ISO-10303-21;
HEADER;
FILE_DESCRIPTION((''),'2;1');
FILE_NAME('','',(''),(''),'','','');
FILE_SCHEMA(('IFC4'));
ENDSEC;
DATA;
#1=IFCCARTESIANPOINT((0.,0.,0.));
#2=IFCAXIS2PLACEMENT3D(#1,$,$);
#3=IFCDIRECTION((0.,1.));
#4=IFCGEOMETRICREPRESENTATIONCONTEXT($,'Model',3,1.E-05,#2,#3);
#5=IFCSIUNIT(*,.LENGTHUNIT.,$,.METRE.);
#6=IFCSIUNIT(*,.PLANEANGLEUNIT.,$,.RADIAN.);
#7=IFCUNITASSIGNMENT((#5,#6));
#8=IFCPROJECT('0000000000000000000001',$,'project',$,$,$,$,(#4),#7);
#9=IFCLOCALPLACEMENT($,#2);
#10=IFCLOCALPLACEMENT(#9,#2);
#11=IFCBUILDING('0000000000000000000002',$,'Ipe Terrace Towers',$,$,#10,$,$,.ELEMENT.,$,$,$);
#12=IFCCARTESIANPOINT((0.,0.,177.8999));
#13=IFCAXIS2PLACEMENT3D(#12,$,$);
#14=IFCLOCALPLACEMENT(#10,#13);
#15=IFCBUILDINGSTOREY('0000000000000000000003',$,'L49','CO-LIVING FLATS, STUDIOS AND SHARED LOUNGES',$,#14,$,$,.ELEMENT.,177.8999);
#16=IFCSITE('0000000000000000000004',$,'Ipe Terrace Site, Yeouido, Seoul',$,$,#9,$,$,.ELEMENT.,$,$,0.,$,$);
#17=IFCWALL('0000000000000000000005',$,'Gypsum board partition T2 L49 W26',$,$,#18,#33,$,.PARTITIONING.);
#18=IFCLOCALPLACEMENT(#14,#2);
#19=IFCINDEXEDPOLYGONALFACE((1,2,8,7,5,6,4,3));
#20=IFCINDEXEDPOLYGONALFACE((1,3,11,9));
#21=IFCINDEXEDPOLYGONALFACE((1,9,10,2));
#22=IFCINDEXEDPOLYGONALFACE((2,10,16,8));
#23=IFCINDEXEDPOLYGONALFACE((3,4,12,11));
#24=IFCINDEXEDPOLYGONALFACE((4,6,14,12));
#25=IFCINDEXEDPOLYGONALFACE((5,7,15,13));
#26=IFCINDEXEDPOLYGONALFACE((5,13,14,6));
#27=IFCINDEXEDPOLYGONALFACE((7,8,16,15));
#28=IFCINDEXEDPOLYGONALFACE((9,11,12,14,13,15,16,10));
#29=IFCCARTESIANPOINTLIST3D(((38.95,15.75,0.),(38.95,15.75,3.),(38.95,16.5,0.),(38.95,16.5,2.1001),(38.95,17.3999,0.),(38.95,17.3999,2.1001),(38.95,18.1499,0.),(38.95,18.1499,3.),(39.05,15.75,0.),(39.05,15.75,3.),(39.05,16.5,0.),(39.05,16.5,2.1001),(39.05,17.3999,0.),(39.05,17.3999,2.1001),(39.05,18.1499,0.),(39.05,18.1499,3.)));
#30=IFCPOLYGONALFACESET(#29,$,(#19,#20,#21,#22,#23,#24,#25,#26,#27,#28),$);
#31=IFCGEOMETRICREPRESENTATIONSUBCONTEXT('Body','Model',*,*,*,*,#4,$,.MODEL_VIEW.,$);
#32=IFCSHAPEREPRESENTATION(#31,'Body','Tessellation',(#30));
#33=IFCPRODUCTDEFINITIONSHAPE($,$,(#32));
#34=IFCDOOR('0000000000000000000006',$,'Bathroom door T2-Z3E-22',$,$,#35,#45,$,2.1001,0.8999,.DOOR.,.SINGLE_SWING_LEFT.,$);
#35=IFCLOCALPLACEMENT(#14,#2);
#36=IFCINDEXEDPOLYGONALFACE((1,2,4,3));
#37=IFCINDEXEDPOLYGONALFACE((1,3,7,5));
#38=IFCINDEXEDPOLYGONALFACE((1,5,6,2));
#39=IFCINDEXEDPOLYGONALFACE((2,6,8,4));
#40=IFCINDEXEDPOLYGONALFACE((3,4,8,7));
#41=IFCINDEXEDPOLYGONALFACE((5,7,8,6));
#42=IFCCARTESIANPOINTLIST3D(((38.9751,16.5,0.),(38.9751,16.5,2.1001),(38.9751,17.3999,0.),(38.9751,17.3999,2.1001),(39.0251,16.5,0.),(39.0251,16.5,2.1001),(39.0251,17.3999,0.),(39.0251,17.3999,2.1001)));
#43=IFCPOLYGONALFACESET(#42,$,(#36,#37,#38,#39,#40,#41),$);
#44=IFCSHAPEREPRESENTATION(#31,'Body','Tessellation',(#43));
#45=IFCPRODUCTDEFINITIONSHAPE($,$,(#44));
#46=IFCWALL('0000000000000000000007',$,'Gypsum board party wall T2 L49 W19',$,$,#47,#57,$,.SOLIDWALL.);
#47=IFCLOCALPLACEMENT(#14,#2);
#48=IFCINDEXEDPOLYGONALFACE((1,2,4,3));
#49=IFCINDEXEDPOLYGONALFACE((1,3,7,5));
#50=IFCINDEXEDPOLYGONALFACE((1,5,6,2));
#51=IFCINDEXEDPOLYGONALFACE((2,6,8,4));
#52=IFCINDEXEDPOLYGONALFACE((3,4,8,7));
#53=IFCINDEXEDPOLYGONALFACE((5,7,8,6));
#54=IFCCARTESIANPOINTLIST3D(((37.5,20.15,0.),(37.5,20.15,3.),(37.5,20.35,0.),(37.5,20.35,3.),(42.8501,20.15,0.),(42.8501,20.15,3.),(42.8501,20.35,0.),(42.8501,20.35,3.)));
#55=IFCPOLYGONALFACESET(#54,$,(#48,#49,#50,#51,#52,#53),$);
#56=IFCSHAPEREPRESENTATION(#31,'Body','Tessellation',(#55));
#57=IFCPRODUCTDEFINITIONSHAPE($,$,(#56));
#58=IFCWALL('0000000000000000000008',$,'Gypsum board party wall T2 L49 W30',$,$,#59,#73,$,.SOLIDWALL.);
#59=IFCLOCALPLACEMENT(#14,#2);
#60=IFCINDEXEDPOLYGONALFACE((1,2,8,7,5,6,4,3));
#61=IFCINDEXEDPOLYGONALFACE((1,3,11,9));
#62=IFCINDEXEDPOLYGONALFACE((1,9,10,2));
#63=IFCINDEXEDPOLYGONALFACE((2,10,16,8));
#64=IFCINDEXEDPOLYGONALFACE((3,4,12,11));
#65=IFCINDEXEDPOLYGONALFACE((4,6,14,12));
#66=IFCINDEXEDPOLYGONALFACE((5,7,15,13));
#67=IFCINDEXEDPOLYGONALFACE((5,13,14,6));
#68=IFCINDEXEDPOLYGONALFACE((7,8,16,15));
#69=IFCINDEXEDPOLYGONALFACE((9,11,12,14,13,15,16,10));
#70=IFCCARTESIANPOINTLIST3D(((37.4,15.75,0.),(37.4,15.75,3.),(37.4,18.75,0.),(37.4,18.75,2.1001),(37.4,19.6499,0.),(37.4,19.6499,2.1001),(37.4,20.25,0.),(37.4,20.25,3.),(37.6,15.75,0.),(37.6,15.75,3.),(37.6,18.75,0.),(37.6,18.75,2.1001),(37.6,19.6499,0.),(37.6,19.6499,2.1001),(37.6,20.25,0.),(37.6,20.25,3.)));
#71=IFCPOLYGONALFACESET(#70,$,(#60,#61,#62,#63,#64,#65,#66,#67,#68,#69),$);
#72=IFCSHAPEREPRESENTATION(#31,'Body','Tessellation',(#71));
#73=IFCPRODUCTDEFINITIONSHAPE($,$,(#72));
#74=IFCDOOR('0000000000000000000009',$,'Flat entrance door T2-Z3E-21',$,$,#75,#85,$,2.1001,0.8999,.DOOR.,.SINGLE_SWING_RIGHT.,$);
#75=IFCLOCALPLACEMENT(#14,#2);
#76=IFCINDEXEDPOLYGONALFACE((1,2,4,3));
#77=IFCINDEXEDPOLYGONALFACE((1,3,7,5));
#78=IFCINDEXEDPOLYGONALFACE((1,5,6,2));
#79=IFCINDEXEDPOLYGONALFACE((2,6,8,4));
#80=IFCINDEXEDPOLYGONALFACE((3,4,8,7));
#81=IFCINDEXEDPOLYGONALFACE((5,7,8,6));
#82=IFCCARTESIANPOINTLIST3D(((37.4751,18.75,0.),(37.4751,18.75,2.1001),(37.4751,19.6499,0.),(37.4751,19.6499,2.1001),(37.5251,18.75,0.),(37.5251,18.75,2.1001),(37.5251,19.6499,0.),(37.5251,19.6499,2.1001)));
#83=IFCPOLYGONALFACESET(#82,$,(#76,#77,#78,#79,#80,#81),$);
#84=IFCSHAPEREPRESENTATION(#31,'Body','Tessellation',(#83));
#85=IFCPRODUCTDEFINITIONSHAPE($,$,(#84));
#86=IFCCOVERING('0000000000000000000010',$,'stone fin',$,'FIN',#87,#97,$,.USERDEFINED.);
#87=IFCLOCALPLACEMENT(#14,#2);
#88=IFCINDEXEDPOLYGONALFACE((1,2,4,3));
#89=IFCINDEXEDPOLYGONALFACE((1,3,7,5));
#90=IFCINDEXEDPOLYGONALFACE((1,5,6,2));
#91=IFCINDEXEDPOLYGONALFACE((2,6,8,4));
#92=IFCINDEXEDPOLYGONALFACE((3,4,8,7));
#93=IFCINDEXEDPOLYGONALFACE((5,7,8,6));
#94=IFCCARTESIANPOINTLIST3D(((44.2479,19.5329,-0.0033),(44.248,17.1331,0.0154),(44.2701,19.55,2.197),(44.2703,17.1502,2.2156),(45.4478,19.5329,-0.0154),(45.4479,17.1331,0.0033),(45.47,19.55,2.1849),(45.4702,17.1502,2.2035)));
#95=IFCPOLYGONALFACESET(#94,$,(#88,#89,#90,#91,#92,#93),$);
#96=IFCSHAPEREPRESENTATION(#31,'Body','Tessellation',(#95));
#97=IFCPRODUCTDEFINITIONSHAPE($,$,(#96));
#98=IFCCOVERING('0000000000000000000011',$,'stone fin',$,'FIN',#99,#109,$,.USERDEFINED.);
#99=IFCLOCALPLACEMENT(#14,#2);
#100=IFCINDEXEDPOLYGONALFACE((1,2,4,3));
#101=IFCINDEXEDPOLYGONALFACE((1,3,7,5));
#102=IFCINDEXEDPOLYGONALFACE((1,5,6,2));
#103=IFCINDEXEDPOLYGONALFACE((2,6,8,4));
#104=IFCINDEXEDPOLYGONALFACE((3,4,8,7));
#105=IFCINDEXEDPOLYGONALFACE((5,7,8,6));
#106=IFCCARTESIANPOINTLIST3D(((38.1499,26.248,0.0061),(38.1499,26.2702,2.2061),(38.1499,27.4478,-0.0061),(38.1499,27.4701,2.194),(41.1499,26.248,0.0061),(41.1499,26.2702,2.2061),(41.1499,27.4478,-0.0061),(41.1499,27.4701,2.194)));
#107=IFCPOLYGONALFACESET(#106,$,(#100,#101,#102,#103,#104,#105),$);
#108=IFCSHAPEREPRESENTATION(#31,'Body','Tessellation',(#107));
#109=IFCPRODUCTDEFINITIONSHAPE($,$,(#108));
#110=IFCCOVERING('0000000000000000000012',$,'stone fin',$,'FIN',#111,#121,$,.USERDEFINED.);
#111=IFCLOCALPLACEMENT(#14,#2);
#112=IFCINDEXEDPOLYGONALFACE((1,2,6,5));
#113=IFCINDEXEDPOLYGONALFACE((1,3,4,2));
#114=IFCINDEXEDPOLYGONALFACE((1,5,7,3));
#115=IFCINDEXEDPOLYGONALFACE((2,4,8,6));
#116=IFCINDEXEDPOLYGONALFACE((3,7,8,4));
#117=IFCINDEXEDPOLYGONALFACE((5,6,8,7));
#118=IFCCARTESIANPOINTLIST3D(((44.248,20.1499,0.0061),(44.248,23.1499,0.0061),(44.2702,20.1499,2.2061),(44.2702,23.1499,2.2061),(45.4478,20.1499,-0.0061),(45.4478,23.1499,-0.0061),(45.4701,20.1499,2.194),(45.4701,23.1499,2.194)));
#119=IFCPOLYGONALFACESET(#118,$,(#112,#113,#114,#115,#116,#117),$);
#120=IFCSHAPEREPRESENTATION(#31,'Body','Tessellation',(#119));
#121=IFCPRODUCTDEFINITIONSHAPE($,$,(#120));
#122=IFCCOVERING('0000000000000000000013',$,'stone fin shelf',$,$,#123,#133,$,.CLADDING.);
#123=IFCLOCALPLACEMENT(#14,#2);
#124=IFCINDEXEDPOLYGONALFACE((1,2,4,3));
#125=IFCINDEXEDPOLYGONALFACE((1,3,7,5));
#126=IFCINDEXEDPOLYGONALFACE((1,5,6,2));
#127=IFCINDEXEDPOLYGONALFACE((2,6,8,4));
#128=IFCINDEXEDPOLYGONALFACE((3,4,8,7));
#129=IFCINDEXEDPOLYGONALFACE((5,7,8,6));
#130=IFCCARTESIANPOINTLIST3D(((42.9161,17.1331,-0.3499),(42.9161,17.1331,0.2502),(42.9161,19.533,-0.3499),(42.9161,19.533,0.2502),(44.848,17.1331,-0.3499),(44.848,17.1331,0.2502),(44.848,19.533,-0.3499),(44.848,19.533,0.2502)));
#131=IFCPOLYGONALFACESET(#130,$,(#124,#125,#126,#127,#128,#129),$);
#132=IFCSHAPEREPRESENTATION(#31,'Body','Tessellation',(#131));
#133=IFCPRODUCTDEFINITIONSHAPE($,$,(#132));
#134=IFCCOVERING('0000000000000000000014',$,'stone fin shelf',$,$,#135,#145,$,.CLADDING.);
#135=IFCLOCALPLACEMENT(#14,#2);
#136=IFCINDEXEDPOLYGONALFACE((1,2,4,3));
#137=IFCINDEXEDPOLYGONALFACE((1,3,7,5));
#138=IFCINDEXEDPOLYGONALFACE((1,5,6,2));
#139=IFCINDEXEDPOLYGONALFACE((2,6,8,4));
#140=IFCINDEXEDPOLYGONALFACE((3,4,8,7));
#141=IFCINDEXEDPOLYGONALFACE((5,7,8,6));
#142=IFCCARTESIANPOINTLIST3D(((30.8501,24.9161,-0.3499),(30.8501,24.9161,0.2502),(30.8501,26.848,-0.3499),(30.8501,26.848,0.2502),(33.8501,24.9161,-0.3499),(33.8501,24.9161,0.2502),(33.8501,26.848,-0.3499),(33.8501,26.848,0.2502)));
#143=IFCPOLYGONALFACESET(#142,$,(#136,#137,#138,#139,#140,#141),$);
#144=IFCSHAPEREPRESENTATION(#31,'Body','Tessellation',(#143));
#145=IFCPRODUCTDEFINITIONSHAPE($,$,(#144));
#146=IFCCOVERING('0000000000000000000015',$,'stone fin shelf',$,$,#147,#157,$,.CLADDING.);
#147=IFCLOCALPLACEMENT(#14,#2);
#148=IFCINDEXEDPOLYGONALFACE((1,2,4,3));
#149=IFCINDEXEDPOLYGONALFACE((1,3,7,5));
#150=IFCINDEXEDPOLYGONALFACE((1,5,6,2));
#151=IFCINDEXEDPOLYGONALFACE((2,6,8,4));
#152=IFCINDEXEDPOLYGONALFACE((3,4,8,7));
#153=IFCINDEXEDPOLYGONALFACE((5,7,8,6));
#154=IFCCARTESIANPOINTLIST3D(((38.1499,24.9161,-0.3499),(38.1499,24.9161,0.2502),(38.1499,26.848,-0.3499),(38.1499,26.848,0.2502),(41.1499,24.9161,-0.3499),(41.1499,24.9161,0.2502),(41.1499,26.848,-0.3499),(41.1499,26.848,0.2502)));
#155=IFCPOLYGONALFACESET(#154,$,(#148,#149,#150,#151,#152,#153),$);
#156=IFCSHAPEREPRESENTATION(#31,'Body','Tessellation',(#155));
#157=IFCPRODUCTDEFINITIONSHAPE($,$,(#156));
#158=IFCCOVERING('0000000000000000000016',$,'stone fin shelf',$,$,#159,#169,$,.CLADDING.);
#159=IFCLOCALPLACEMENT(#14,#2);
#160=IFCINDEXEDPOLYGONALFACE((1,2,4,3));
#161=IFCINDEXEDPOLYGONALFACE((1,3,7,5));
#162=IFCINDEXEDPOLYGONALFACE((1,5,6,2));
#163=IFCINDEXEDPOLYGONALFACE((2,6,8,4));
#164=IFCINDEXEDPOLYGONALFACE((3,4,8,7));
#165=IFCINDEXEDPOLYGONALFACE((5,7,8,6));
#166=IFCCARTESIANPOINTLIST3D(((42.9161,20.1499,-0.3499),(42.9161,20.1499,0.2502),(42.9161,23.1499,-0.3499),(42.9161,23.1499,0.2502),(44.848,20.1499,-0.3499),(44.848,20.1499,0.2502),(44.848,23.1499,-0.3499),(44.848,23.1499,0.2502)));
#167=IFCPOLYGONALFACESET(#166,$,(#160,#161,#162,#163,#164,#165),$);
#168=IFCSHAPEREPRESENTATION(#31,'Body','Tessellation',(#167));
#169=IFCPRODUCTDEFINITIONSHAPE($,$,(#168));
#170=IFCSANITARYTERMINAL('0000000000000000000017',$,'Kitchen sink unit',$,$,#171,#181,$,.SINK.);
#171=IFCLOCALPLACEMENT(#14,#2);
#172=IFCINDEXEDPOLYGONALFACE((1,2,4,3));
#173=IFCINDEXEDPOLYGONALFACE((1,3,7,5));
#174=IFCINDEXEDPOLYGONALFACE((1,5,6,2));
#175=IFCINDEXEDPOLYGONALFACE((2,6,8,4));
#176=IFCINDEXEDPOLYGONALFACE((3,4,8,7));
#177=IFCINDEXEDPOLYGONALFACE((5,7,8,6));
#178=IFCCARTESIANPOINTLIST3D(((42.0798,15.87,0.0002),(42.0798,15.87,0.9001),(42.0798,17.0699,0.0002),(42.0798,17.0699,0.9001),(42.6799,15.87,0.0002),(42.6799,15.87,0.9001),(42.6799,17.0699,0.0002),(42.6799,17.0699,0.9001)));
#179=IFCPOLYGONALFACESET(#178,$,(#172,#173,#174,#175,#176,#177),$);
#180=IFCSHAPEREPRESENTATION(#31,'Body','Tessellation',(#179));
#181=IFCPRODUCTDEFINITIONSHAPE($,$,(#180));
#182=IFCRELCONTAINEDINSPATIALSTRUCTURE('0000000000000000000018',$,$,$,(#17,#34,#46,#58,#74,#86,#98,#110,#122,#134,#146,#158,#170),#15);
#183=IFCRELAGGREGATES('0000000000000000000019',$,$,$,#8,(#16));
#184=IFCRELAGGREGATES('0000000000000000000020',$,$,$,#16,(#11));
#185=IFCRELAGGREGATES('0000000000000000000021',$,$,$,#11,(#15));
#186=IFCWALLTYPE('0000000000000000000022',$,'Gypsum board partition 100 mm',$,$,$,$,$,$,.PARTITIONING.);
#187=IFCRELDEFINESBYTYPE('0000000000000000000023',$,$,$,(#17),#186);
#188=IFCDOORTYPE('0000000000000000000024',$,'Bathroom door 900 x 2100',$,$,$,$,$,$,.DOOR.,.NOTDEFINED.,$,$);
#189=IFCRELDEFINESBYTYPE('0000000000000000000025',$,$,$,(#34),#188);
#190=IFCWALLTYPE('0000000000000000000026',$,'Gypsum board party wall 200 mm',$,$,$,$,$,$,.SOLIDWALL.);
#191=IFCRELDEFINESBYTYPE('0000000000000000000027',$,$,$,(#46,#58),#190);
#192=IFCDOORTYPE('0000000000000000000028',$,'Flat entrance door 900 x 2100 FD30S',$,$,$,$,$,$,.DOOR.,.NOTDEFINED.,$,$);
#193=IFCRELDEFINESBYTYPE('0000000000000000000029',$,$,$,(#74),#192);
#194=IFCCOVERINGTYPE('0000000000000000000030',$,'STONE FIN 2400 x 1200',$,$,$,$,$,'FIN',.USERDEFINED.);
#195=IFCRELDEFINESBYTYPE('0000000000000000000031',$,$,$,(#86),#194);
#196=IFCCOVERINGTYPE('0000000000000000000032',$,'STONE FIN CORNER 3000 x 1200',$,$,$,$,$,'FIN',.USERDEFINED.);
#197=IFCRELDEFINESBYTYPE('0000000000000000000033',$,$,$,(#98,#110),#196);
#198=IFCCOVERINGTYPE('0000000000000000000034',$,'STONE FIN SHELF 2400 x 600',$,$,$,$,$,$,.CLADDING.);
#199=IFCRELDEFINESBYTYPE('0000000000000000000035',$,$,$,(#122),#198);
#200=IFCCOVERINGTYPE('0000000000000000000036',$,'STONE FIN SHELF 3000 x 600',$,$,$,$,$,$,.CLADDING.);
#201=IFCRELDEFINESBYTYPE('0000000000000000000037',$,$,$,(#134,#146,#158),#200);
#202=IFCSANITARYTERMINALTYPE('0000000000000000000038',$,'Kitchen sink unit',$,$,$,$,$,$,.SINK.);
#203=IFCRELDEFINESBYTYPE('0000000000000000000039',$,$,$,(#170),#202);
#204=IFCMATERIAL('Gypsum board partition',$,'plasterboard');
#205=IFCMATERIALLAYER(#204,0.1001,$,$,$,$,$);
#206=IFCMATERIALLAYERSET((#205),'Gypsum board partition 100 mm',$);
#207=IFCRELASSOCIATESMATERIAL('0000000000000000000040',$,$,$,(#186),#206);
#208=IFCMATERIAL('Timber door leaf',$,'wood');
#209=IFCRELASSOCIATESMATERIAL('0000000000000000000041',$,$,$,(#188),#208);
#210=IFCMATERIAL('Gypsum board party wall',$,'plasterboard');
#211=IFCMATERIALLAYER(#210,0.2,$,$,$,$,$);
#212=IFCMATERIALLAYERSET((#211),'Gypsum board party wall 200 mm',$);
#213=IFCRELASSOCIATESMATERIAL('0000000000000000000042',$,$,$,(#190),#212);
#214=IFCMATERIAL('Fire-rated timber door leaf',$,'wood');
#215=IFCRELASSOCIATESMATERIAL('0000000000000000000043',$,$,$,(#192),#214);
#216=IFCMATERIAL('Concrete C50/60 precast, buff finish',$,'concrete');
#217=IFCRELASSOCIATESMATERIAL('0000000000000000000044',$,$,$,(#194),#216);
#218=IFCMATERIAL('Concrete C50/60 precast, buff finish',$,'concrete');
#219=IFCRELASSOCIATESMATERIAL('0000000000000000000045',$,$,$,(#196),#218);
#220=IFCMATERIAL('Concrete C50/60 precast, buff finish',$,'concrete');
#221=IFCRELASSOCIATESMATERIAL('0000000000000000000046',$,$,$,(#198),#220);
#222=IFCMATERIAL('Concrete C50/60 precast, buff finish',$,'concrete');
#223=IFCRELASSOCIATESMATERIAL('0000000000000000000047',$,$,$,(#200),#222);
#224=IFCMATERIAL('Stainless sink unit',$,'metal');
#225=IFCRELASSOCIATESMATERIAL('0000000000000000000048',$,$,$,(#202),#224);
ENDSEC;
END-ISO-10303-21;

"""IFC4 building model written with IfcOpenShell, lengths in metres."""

from ifc_helpers import new_model, si_unit, direction, frame, frame_2d, origin, origin_2d, place, context, subcontext, project, spatial, rectangle, extrude, material, layer, layer_set, material_profile, profile_set, type_object, element, fill, save


model = new_model("IFC4")

# Units and contexts
model_context = context("Model", 3, precision=1e-05, world=origin(), true_north=direction((0.0, 1.0)))
body_context = subcontext(model_context, "Body", "Model", "MODEL_VIEW")
ifc_project = project(units=[si_unit("LENGTHUNIT", "METRE"), si_unit("PLANEANGLEUNIT", "RADIAN")], contexts=[model_context])

# Site, building, storey
site_placement = place(None, origin())
site = spatial("IfcSite", under=ifc_project, at=site_placement, Name="Ipe Terrace Site, Yeouido, Seoul", CompositionType="ELEMENT", RefElevation=0.0)
building_placement = place(site_placement, origin())
building = spatial("IfcBuilding", under=site, at=building_placement, Name="Ipe Terrace Towers", CompositionType="ELEMENT")
storey_placement = place(building_placement, frame((0.0, 0.0, 177.8999)))
storey = spatial("IfcBuildingStorey", under=building, at=storey_placement, Name="L49", Description="CO-LIVING FLATS, STUDIOS AND SHARED LOUNGES", CompositionType="ELEMENT", Elevation=177.8999)

# Shared definitions
ifc_material_1 = material(Name="Gypsum board partition", Category="plasterboard")
ifc_layer_1 = layer(ifc_material_1, 0.1001)
ifc_layer_set_1 = layer_set([ifc_layer_1], Name="Gypsum board partition 100 mm")
wall_type_1 = type_object("IfcWallType", Name="Gypsum board partition 100 mm", PredefinedType="PARTITIONING", material=ifc_layer_set_1)

# Wall, opening, door
wall_1_placement = place(storey_placement, frame((39.0, 15.75, 0.0), z_axis=(0.0, 0.0, 1.0), x_axis=(0.0, 1.0, 0.0)))
wall_1 = element("IfcWall", 1, at=wall_1_placement, inside=storey, type_object=wall_type_1, Name="Gypsum board partition T2 L49 W26", PredefinedType="PARTITIONING", context=body_context, shape_type="SweptSolid", body=[
    extrude(rectangle(XDim=2.3999, YDim=0.1001, at=frame_2d((1.2, 0.0))), origin(), (0.0, 0.0, 1.0), 3.0),
])
opening_1_placement = place(wall_1_placement, frame((0.75, 0.0, 0.0)))
opening_1 = element("IfcOpeningElement", 2, at=opening_1_placement, cuts=wall_1, PredefinedType="OPENING", context=body_context, shape_type="SweptSolid", body=[
    extrude(rectangle(XDim=0.8999, YDim=2.1001, at=frame_2d((0.45, 1.05))), frame((0.0, 0.0601, 0.0), z_axis=(0.0, -1.0, 0.0), x_axis=(1.0, 0.0, 0.0)), (0.0, 0.0, 1.0), 0.1201),
])
ifc_material_2 = material(Name="Timber door leaf", Category="wood")
door_type_1 = type_object("IfcDoorType", Name="Bathroom door 900 x 2100", OperationType="NOTDEFINED", PredefinedType="DOOR", material=ifc_material_2)
door_1_placement = place(opening_1_placement, origin())
door_1 = element("IfcDoor", 3, at=door_1_placement, inside=storey, type_object=door_type_1, Name="Bathroom door T2-Z3E-22", OperationType="SINGLE_SWING_LEFT", OverallHeight=2.1001, OverallWidth=0.8999, PredefinedType="DOOR", context=body_context, shape_type="SweptSolid", body=[
    extrude(rectangle(XDim=0.8999, YDim=2.1001, at=frame_2d((0.45, 1.05))), frame((0.0, 0.0249, 0.0), z_axis=(0.0, -1.0, 0.0), x_axis=(1.0, 0.0, 0.0)), (0.0, 0.0, 1.0), 0.05),
])
fill(opening_1, door_1)

# Wall
ifc_material_3 = material(Name="Gypsum board party wall", Category="plasterboard")
ifc_layer_2 = layer(ifc_material_3, 0.2)
ifc_layer_set_2 = layer_set([ifc_layer_2], Name="Gypsum board party wall 200 mm")
wall_type_2 = type_object("IfcWallType", Name="Gypsum board party wall 200 mm", PredefinedType="SOLIDWALL", material=ifc_layer_set_2)
wall_2_placement = place(storey_placement, frame((42.8501, 20.25, 0.0), z_axis=(0.0, 0.0, 1.0), x_axis=(-1.0, 0.0, 0.0)))
element("IfcWall", 4, at=wall_2_placement, inside=storey, type_object=wall_type_2, Name="Gypsum board party wall T2 L49 W19", PredefinedType="SOLIDWALL", context=body_context, shape_type="SweptSolid", body=[
    extrude(rectangle(XDim=5.3501, YDim=0.2, at=frame_2d((2.675, 0.0))), origin(), (0.0, 0.0, 1.0), 3.0),
])

# Wall, opening, door
wall_3_placement = place(storey_placement, frame((37.5, 15.75, 0.0), z_axis=(0.0, 0.0, 1.0), x_axis=(0.0, 1.0, 0.0)))
wall_3 = element("IfcWall", 5, at=wall_3_placement, inside=storey, type_object=wall_type_2, Name="Gypsum board party wall T2 L49 W30", PredefinedType="SOLIDWALL", context=body_context, shape_type="SweptSolid", body=[
    extrude(rectangle(XDim=4.5, YDim=0.2, at=frame_2d((2.25, 0.0))), origin(), (0.0, 0.0, 1.0), 3.0),
])
opening_2_placement = place(wall_3_placement, frame((3.0, 0.0, 0.0)))
opening_2 = element("IfcOpeningElement", 6, at=opening_2_placement, cuts=wall_3, PredefinedType="OPENING", context=body_context, shape_type="SweptSolid", body=[
    extrude(rectangle(XDim=0.8999, YDim=2.1001, at=frame_2d((0.45, 1.05))), frame((0.0, 0.1099, 0.0), z_axis=(0.0, -1.0, 0.0), x_axis=(1.0, 0.0, 0.0)), (0.0, 0.0, 1.0), 0.22),
])
ifc_material_4 = material(Name="Fire-rated timber door leaf", Category="wood")
door_type_2 = type_object("IfcDoorType", Name="Flat entrance door 900 x 2100 FD30S", OperationType="NOTDEFINED", PredefinedType="DOOR", material=ifc_material_4)
door_2_placement = place(opening_2_placement, origin())
door_2 = element("IfcDoor", 7, at=door_2_placement, inside=storey, type_object=door_type_2, Name="Flat entrance door T2-Z3E-21", OperationType="SINGLE_SWING_RIGHT", OverallHeight=2.1001, OverallWidth=0.8999, PredefinedType="DOOR", context=body_context, shape_type="SweptSolid", body=[
    extrude(rectangle(XDim=0.8999, YDim=2.1001, at=frame_2d((0.45, 1.05))), frame((0.0, 0.0249, 0.0), z_axis=(0.0, -1.0, 0.0), x_axis=(1.0, 0.0, 0.0)), (0.0, 0.0, 1.0), 0.05),
])
fill(opening_2, door_2)

# Coverings
ifc_material_5 = material(Name="Concrete C50/60 precast, buff finish", Category="concrete")
ifc_material_profile_1 = material_profile(ifc_material_5, rectangle(XDim=2.3999, YDim=1.2, at=origin_2d()), Name="STONE FIN 2400 x 1200")
ifc_profile_set_1 = profile_set([ifc_material_profile_1], Name="Concrete C50/60 precast, buff finish")
covering_type_1 = type_object("IfcCoveringType", Name="STONE FIN 2400 x 1200", ElementType="FIN", PredefinedType="USERDEFINED", material=ifc_profile_set_1)
covering_1_placement = place(storey_placement, frame((44.8479, 18.333, 0.0), z_axis=(0.010097, 0.007767, 0.999919), x_axis=(-0.000078, 0.99997, -0.007766)))
element("IfcCovering", 8, at=covering_1_placement, inside=storey, type_object=covering_type_1, Name="stone fin", ObjectType="FIN", PredefinedType="USERDEFINED", context=body_context, shape_type="SweptSolid", body=[
    extrude(rectangle(XDim=2.3999, YDim=1.2, at=origin_2d()), origin(), (0.0, 0.0, 1.0), 2.2004),
])
ifc_material_6 = material(Name="Concrete C50/60 precast, buff finish", Category="concrete")
ifc_material_profile_2 = material_profile(ifc_material_6, rectangle(XDim=3.0, YDim=1.2, at=origin_2d()), Name="STONE FIN CORNER 3000 x 1200")
ifc_profile_set_2 = profile_set([ifc_material_profile_2], Name="Concrete C50/60 precast, buff finish")
covering_type_2 = type_object("IfcCoveringType", Name="STONE FIN CORNER 3000 x 1200", ElementType="FIN", PredefinedType="USERDEFINED", material=ifc_profile_set_2)
for number, where, z_axis, x_axis, name in (
    (9, (39.6499, 26.8479, 0.0), (0.0, 0.010097, 0.999949), (-1.0, 0.0, 0.0), "stone fin"),
    (10, (44.8479, 21.6499, 0.0), (0.010097, 0.0, 0.999949), (0.0, 1.0, 0.0), "stone fin"),
):
    element("IfcCovering", number, at=place(storey_placement, frame(where, z_axis=z_axis, x_axis=x_axis)), inside=storey, type_object=covering_type_2, Name=name, ObjectType="FIN", PredefinedType="USERDEFINED", context=body_context, shape_type="SweptSolid", body=[
        extrude(rectangle(XDim=3.0, YDim=1.2, at=origin_2d()), origin(), (0.0, 0.0, 1.0), 2.2002),
    ])
ifc_material_7 = material(Name="Concrete C50/60 precast, buff finish", Category="concrete")
covering_type_3 = type_object("IfcCoveringType", Name="STONE FIN SHELF 2400 x 600", PredefinedType="CLADDING", material=ifc_material_7)
covering_2_placement = place(storey_placement, frame((43.8821, 18.333, -0.3499), z_axis=(0.0, 0.0, 1.0), x_axis=(0.0, 1.0, 0.0)))
element("IfcCovering", 11, at=covering_2_placement, inside=storey, type_object=covering_type_3, Name="stone fin shelf", PredefinedType="CLADDING", context=body_context, shape_type="SweptSolid", body=[
    extrude(rectangle(XDim=2.3999, YDim=1.9319, at=origin_2d()), origin(), (0.0, 0.0, 1.0), 0.6001),
])
ifc_material_8 = material(Name="Concrete C50/60 precast, buff finish", Category="concrete")
covering_type_4 = type_object("IfcCoveringType", Name="STONE FIN SHELF 3000 x 600", PredefinedType="CLADDING", material=ifc_material_8)
for number, where, z_axis, x_axis, name in (
    (12, (32.3501, 25.8821, -0.3499), (0.0, 0.0, 1.0), (-1.0, 0.0, 0.0), "stone fin shelf"),
    (13, (39.6499, 25.8821, -0.3499), (0.0, 0.0, 1.0), (-1.0, 0.0, 0.0), "stone fin shelf"),
    (14, (43.8821, 21.6499, -0.3499), (0.0, 0.0, 1.0), (0.0, 1.0, 0.0), "stone fin shelf"),
):
    element("IfcCovering", number, at=place(storey_placement, frame(where, z_axis=z_axis, x_axis=x_axis)), inside=storey, type_object=covering_type_4, Name=name, PredefinedType="CLADDING", context=body_context, shape_type="SweptSolid", body=[
        extrude(rectangle(XDim=3.0, YDim=1.9319, at=origin_2d()), origin(), (0.0, 0.0, 1.0), 0.6001),
    ])

# Sanitary terminal
ifc_material_9 = material(Name="Stainless sink unit", Category="metal")
sanitary_terminal_type_1 = type_object("IfcSanitaryTerminalType", Name="Kitchen sink unit", PredefinedType="SINK", material=ifc_material_9)
sanitary_terminal_1_placement = place(storey_placement, frame((42.3799, 16.47, 0.0002), z_axis=(0.0, 0.0, 1.0), x_axis=(0.0, -1.0, 0.0)))
element("IfcSanitaryTerminal", 15, at=sanitary_terminal_1_placement, inside=storey, type_object=sanitary_terminal_type_1, Name="Kitchen sink unit", PredefinedType="SINK", context=body_context, shape_type="SweptSolid", body=[
    extrude(rectangle(XDim=1.2, YDim=0.6001, at=origin_2d()), origin(), (0.0, 0.0, 1.0), 0.8999),
])

save(model, "model.ifc")
